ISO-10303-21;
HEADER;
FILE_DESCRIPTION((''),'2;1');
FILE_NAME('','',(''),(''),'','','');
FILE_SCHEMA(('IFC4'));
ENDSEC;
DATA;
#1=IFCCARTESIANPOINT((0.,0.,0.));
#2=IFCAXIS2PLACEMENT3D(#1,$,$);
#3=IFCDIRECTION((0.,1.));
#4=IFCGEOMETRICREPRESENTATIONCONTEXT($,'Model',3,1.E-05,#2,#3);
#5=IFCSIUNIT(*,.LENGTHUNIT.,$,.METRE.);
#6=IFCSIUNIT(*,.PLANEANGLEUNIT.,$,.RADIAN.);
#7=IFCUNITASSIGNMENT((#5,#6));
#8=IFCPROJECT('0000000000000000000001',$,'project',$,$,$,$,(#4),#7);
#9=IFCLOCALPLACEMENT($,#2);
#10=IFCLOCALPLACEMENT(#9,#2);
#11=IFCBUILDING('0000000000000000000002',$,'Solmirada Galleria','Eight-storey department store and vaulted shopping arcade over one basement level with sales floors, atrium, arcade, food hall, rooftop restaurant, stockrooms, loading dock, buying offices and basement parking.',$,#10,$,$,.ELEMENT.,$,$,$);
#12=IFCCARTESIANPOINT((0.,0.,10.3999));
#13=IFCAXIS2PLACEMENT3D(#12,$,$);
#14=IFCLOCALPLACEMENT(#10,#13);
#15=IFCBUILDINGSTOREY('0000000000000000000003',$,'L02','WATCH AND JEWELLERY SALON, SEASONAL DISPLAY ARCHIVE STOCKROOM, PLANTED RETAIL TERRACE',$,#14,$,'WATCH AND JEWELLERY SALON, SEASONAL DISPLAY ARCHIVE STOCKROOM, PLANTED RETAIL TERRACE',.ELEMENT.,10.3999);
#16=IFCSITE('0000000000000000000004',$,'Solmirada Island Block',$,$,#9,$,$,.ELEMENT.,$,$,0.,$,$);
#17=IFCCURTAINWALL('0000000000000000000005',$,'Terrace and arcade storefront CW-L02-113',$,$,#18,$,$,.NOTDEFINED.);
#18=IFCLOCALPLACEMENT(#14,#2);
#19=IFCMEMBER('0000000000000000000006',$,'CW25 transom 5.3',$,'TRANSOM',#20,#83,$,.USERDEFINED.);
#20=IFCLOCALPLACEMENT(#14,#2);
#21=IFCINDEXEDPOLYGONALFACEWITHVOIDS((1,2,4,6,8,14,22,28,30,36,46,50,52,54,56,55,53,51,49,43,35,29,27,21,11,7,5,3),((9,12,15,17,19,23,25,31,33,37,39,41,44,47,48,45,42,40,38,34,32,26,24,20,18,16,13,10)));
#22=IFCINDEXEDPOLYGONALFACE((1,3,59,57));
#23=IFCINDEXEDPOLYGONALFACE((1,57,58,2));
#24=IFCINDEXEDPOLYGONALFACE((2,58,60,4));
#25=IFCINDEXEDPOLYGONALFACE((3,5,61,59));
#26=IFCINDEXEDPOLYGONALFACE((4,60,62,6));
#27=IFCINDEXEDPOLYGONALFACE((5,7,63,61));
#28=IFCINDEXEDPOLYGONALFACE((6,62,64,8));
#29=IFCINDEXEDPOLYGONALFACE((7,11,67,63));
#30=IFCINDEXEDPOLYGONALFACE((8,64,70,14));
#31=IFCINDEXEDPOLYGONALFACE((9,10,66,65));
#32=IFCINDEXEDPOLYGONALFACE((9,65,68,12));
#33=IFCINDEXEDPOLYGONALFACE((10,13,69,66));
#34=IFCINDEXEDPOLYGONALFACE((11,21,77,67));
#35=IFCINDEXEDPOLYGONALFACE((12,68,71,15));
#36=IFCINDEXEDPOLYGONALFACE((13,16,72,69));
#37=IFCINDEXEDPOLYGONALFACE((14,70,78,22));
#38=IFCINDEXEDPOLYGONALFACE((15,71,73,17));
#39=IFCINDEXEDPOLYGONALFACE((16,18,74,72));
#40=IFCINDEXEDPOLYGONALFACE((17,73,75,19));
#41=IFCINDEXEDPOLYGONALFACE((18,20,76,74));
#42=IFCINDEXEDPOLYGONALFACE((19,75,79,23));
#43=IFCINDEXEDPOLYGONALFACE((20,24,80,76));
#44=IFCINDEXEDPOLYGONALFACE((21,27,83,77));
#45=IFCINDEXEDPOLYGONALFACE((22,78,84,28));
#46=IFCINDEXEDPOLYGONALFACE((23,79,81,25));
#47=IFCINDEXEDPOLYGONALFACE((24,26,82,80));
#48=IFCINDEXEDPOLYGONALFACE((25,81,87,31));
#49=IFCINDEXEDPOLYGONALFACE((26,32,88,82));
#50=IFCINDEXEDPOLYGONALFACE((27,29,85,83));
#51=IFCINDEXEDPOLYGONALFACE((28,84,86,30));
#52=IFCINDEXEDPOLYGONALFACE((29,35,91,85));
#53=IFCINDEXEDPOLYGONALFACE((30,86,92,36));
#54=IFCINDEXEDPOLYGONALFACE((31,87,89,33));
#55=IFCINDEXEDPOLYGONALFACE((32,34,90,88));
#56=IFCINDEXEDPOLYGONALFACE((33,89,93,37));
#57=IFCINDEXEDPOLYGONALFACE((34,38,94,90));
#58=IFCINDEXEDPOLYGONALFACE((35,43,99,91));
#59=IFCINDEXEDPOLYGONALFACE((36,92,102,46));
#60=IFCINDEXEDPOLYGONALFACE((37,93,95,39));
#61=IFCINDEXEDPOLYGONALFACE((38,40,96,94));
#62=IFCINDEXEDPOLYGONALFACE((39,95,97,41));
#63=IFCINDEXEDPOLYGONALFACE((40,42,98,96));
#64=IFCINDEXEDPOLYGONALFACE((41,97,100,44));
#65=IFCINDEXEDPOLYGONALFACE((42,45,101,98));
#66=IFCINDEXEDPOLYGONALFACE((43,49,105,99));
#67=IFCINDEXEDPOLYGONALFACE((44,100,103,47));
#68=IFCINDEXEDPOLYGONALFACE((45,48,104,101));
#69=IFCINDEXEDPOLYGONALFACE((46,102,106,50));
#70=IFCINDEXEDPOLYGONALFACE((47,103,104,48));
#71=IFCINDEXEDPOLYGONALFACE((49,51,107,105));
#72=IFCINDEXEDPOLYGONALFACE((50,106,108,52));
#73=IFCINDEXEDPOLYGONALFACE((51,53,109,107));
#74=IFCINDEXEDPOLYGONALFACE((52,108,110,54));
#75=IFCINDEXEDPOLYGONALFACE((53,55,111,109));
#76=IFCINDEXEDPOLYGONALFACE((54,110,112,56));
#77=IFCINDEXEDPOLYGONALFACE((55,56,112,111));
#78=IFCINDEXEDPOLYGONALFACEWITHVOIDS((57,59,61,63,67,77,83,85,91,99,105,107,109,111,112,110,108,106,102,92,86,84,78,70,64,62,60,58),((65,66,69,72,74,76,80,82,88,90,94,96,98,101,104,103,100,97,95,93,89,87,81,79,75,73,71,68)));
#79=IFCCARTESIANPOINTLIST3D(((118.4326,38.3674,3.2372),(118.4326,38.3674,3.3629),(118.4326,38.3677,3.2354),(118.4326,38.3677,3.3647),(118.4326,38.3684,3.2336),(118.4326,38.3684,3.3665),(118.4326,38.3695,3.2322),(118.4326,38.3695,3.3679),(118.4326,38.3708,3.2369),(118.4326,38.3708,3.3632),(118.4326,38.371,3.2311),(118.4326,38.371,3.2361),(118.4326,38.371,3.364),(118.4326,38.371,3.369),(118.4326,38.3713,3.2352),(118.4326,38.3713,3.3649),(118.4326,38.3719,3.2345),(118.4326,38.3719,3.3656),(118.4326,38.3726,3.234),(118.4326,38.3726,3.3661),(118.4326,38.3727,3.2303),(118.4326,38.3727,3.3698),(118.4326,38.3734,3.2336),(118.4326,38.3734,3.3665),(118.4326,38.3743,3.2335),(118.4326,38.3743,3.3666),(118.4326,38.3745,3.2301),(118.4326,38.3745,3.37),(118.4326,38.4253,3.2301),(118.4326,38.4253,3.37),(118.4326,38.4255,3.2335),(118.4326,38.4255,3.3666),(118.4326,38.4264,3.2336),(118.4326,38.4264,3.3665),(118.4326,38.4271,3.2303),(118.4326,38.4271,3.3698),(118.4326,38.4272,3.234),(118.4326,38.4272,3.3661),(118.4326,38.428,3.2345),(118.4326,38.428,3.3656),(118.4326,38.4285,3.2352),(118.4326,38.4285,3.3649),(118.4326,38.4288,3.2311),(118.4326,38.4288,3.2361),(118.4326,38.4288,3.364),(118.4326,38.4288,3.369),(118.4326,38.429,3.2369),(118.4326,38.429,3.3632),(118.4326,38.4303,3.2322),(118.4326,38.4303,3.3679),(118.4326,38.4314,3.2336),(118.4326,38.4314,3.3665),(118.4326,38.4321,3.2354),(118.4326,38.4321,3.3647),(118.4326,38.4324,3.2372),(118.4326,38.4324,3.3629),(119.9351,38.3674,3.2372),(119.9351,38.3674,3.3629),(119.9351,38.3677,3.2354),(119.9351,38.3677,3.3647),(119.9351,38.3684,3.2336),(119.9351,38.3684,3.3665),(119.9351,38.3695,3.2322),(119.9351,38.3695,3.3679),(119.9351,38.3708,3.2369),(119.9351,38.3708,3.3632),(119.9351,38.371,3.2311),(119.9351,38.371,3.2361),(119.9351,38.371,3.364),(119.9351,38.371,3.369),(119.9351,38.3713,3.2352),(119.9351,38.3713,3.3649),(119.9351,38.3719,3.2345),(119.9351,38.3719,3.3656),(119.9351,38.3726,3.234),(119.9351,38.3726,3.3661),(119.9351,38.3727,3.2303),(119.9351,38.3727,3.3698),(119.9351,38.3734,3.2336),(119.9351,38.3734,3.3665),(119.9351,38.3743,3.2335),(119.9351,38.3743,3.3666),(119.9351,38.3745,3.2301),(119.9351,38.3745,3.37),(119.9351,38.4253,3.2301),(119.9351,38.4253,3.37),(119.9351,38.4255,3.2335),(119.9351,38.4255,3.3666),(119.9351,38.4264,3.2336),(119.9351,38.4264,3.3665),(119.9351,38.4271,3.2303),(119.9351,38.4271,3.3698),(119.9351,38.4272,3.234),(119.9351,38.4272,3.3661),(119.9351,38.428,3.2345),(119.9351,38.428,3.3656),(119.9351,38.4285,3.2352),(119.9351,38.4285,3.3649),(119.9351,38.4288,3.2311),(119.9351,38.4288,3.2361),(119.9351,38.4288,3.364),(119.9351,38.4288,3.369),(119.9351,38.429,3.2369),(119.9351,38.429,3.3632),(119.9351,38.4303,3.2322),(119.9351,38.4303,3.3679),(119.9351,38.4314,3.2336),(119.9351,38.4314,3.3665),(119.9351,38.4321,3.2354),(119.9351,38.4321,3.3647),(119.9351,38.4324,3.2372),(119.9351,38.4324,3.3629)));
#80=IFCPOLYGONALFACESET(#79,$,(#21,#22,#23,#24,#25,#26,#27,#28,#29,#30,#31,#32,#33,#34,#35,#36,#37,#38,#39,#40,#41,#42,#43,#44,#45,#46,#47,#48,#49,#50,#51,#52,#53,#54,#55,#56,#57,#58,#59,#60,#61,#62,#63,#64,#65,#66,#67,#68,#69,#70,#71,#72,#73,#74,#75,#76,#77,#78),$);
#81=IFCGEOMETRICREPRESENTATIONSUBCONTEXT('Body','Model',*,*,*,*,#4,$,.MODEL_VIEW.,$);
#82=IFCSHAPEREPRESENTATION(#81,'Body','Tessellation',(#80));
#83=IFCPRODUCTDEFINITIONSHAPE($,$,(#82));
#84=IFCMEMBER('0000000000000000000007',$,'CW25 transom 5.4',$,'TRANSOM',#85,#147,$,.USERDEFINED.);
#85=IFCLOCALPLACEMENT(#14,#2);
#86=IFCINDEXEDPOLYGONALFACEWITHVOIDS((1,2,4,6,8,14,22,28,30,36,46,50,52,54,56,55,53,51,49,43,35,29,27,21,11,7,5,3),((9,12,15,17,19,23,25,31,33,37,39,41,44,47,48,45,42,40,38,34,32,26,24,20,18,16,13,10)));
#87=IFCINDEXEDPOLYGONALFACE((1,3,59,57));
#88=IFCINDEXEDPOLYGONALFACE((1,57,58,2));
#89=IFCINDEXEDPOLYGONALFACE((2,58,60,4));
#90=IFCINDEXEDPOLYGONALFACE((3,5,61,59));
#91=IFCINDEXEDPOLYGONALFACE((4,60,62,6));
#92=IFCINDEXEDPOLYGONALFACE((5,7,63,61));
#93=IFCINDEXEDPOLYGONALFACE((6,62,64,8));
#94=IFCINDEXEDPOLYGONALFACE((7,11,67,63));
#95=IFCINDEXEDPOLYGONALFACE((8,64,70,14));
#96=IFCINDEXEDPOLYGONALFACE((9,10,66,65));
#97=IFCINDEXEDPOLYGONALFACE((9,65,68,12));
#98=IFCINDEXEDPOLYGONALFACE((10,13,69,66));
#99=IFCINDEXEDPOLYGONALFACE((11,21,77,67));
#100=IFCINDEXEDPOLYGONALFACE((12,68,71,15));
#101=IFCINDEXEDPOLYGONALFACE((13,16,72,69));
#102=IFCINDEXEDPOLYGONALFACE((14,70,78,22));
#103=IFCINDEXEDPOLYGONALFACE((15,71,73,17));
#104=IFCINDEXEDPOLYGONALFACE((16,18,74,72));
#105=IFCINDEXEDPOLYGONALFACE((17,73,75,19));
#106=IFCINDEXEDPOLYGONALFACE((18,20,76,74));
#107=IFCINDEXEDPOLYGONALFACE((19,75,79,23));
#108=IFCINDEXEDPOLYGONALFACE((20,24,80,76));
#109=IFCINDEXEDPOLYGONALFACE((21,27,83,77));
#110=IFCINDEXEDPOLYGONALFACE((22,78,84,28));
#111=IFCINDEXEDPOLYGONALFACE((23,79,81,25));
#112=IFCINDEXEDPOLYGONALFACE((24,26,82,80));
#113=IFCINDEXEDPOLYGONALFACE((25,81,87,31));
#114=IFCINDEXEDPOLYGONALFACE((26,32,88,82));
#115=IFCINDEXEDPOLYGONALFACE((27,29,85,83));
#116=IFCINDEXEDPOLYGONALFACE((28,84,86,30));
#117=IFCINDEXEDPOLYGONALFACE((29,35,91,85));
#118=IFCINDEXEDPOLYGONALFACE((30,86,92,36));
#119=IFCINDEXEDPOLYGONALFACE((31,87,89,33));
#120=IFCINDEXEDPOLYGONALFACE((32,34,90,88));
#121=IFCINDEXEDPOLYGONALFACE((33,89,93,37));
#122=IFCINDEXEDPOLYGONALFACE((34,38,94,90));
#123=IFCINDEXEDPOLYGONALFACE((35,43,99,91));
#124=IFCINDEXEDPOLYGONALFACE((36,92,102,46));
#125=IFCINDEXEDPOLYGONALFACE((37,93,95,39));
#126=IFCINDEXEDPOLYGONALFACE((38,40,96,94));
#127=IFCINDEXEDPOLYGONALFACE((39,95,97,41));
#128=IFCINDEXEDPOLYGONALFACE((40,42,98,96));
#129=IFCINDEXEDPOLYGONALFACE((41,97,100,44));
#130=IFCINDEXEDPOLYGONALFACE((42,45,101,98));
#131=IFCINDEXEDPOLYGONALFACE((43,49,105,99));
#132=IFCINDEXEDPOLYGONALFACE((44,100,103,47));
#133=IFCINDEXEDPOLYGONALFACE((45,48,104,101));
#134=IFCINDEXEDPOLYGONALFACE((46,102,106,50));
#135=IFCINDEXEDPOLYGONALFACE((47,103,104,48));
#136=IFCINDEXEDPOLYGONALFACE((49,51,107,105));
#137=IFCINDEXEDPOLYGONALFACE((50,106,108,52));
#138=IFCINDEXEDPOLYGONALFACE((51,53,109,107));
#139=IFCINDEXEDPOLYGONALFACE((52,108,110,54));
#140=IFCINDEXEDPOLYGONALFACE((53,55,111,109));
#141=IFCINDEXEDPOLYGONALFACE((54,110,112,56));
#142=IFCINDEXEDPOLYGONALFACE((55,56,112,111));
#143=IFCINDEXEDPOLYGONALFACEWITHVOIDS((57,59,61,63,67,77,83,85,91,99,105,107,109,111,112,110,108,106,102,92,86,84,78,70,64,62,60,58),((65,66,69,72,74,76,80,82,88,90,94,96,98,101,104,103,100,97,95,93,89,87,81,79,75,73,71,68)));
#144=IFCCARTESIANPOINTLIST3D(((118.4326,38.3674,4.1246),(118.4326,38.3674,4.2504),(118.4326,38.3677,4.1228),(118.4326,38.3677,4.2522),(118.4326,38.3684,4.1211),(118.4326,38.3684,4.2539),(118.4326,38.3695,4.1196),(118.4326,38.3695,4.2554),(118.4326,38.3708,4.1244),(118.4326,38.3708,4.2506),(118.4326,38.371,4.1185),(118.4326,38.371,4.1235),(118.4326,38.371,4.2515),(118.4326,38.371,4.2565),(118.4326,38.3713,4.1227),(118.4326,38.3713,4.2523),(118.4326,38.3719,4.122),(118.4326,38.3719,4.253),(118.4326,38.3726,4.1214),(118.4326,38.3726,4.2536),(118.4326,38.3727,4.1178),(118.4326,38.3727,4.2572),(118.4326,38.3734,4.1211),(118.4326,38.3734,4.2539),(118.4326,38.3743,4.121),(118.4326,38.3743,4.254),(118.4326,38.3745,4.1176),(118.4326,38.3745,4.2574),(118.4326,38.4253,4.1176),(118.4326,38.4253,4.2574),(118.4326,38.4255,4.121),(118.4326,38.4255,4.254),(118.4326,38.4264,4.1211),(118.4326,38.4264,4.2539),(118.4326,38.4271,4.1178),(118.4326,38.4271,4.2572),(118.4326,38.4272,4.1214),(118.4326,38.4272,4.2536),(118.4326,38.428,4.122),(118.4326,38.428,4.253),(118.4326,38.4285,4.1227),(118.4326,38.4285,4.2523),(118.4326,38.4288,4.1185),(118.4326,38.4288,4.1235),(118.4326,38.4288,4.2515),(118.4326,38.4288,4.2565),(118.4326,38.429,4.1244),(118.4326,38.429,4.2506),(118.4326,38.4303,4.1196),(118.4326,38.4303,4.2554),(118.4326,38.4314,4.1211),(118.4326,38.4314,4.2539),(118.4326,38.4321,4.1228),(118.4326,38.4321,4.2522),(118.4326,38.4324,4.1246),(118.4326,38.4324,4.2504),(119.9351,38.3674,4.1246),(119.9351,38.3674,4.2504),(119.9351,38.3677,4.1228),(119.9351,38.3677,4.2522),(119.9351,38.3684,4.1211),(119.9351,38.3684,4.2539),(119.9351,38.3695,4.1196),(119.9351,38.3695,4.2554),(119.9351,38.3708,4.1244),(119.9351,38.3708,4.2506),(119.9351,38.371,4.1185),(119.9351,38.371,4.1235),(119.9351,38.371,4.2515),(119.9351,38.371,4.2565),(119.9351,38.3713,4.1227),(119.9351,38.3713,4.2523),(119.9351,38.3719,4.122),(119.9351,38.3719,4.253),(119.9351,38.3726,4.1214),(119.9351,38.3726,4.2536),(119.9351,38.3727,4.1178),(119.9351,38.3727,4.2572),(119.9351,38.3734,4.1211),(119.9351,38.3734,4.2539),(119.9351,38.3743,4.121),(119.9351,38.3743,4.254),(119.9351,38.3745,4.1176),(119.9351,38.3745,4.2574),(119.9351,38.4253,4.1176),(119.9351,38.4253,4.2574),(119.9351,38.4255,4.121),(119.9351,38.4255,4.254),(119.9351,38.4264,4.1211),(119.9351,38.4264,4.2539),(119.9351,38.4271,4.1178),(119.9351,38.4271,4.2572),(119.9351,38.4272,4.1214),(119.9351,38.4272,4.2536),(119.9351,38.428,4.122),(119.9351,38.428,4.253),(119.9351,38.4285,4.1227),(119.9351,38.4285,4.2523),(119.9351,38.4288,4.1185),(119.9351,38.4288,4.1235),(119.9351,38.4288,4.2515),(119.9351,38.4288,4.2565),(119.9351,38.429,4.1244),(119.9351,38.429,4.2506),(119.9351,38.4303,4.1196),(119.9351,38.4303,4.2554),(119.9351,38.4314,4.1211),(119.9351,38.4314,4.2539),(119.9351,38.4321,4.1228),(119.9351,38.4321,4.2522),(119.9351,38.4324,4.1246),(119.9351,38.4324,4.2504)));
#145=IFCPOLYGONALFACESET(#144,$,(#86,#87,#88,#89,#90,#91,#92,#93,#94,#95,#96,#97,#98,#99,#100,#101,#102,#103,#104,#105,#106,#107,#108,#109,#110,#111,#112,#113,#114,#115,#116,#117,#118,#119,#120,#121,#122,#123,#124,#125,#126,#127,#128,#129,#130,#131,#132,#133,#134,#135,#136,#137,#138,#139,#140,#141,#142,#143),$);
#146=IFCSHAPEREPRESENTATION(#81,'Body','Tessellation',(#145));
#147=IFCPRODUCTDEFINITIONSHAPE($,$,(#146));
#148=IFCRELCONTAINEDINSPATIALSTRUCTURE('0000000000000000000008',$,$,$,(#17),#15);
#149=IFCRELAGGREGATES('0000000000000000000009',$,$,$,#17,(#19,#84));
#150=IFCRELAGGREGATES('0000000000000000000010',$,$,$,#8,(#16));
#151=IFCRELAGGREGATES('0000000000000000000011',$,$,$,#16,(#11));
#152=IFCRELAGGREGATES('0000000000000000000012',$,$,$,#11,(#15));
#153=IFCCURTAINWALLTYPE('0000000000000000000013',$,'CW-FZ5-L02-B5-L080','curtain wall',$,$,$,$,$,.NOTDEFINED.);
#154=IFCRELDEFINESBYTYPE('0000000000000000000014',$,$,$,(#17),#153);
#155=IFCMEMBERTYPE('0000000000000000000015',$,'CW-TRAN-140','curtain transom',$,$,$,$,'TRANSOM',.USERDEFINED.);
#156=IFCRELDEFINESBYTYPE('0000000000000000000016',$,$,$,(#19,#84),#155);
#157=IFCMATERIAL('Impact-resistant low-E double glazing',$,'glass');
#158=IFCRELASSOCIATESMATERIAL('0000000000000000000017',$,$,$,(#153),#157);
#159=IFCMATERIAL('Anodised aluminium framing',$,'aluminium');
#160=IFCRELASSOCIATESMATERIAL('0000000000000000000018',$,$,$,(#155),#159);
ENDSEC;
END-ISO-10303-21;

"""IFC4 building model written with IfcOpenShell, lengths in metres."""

from ifc_helpers import new_model, si_unit, direction, frame, origin, origin_2d, place, context, subcontext, project, spatial, hollow_rectangle, extrude, material, material_profile, profile_set, type_object, element, aggregate, save


model = new_model("IFC4")

# Units and contexts
model_context = context("Model", 3, precision=1e-05, world=origin(), true_north=direction((0.0, 1.0)))
body_context = subcontext(model_context, "Body", "Model", "MODEL_VIEW")
ifc_project = project(units=[si_unit("LENGTHUNIT", "METRE"), si_unit("PLANEANGLEUNIT", "RADIAN")], contexts=[model_context])

# Site, building, storey
site_placement = place(None, origin())
site = spatial("IfcSite", under=ifc_project, at=site_placement, Name="Solmirada Island Block", CompositionType="ELEMENT", RefElevation=0.0)
building_placement = place(site_placement, origin())
building = spatial("IfcBuilding", under=site, at=building_placement, Name="Solmirada Galleria", Description="Eight-storey department store and vaulted shopping arcade over one basement level with sales floors, atrium, arcade, food hall, rooftop restaurant, stockrooms, loading dock, buying offices and basement parking.", CompositionType="ELEMENT")
storey_placement = place(building_placement, frame((0.0, 0.0, 10.3999)))
storey = spatial("IfcBuildingStorey", under=building, at=storey_placement, Name="L02", Description="WATCH AND JEWELLERY SALON, SEASONAL DISPLAY ARCHIVE STOCKROOM, PLANTED RETAIL TERRACE", LongName="WATCH AND JEWELLERY SALON, SEASONAL DISPLAY ARCHIVE STOCKROOM, PLANTED RETAIL TERRACE", CompositionType="ELEMENT", Elevation=10.3999)

# Curtain wall
ifc_material_1 = material(Name="Impact-resistant low-E double glazing", Category="glass")
curtain_wall_type = type_object("IfcCurtainWallType", Name="CW-FZ5-L02-B5-L080", Description="curtain wall", PredefinedType="NOTDEFINED", material=ifc_material_1)
curtain_wall_1_placement = place(storey_placement, origin())
curtain_wall_1 = element("IfcCurtainWall", 1, at=curtain_wall_1_placement, inside=storey, type_object=curtain_wall_type, Name="Terrace and arcade storefront CW-L02-113", PredefinedType="NOTDEFINED")
ifc_material_2 = material(Name="Anodised aluminium framing", Category="aluminium")

# Members
ifc_material_profile_1 = material_profile(ifc_material_2, hollow_rectangle(XDim=0.0649, YDim=0.1399, WallThickness=0.0034, InnerFilletRadius=0.0034, OuterFilletRadius=0.0071, at=origin_2d()), Name="ALU-TRAN-140X65")
ifc_profile_set_1 = profile_set([ifc_material_profile_1], Name="Anodised aluminium framing")
member_type_1 = type_object("IfcMemberType", Name="CW-TRAN-140", Description="curtain transom", ElementType="TRANSOM", PredefinedType="USERDEFINED", material=ifc_profile_set_1)
member_1_placement = place(storey_placement, frame((118.4326, 38.3999, 3.3), z_axis=(1.0, 0.0, 0.0), x_axis=(0.0, 1.0, 0.0)))
member_1 = element("IfcMember", 2, at=member_1_placement, type_object=member_type_1, Name="CW25 transom 5.3", ObjectType="TRANSOM", PredefinedType="USERDEFINED", context=body_context, shape_type="SweptSolid", body=[
    extrude(hollow_rectangle(XDim=0.0649, YDim=0.1399, WallThickness=0.0034, InnerFilletRadius=0.0034, OuterFilletRadius=0.0071, at=origin_2d()), origin(), (0.0, 0.0, 1.0), 1.5024),
])
member_2_placement = place(storey_placement, frame((118.4326, 38.3999, 4.1875), z_axis=(1.0, 0.0, 0.0), x_axis=(0.0, 1.0, 0.0)))
member_2 = element("IfcMember", 3, at=member_2_placement, type_object=member_type_1, Name="CW25 transom 5.4", ObjectType="TRANSOM", PredefinedType="USERDEFINED", context=body_context, shape_type="SweptSolid", body=[
    extrude(hollow_rectangle(XDim=0.0649, YDim=0.1399, WallThickness=0.0034, InnerFilletRadius=0.0034, OuterFilletRadius=0.0071, at=origin_2d()), origin(), (0.0, 0.0, 1.0), 1.5024),
])

aggregate(curtain_wall_1, [member_1, member_2])

save(model, "model.ifc")
